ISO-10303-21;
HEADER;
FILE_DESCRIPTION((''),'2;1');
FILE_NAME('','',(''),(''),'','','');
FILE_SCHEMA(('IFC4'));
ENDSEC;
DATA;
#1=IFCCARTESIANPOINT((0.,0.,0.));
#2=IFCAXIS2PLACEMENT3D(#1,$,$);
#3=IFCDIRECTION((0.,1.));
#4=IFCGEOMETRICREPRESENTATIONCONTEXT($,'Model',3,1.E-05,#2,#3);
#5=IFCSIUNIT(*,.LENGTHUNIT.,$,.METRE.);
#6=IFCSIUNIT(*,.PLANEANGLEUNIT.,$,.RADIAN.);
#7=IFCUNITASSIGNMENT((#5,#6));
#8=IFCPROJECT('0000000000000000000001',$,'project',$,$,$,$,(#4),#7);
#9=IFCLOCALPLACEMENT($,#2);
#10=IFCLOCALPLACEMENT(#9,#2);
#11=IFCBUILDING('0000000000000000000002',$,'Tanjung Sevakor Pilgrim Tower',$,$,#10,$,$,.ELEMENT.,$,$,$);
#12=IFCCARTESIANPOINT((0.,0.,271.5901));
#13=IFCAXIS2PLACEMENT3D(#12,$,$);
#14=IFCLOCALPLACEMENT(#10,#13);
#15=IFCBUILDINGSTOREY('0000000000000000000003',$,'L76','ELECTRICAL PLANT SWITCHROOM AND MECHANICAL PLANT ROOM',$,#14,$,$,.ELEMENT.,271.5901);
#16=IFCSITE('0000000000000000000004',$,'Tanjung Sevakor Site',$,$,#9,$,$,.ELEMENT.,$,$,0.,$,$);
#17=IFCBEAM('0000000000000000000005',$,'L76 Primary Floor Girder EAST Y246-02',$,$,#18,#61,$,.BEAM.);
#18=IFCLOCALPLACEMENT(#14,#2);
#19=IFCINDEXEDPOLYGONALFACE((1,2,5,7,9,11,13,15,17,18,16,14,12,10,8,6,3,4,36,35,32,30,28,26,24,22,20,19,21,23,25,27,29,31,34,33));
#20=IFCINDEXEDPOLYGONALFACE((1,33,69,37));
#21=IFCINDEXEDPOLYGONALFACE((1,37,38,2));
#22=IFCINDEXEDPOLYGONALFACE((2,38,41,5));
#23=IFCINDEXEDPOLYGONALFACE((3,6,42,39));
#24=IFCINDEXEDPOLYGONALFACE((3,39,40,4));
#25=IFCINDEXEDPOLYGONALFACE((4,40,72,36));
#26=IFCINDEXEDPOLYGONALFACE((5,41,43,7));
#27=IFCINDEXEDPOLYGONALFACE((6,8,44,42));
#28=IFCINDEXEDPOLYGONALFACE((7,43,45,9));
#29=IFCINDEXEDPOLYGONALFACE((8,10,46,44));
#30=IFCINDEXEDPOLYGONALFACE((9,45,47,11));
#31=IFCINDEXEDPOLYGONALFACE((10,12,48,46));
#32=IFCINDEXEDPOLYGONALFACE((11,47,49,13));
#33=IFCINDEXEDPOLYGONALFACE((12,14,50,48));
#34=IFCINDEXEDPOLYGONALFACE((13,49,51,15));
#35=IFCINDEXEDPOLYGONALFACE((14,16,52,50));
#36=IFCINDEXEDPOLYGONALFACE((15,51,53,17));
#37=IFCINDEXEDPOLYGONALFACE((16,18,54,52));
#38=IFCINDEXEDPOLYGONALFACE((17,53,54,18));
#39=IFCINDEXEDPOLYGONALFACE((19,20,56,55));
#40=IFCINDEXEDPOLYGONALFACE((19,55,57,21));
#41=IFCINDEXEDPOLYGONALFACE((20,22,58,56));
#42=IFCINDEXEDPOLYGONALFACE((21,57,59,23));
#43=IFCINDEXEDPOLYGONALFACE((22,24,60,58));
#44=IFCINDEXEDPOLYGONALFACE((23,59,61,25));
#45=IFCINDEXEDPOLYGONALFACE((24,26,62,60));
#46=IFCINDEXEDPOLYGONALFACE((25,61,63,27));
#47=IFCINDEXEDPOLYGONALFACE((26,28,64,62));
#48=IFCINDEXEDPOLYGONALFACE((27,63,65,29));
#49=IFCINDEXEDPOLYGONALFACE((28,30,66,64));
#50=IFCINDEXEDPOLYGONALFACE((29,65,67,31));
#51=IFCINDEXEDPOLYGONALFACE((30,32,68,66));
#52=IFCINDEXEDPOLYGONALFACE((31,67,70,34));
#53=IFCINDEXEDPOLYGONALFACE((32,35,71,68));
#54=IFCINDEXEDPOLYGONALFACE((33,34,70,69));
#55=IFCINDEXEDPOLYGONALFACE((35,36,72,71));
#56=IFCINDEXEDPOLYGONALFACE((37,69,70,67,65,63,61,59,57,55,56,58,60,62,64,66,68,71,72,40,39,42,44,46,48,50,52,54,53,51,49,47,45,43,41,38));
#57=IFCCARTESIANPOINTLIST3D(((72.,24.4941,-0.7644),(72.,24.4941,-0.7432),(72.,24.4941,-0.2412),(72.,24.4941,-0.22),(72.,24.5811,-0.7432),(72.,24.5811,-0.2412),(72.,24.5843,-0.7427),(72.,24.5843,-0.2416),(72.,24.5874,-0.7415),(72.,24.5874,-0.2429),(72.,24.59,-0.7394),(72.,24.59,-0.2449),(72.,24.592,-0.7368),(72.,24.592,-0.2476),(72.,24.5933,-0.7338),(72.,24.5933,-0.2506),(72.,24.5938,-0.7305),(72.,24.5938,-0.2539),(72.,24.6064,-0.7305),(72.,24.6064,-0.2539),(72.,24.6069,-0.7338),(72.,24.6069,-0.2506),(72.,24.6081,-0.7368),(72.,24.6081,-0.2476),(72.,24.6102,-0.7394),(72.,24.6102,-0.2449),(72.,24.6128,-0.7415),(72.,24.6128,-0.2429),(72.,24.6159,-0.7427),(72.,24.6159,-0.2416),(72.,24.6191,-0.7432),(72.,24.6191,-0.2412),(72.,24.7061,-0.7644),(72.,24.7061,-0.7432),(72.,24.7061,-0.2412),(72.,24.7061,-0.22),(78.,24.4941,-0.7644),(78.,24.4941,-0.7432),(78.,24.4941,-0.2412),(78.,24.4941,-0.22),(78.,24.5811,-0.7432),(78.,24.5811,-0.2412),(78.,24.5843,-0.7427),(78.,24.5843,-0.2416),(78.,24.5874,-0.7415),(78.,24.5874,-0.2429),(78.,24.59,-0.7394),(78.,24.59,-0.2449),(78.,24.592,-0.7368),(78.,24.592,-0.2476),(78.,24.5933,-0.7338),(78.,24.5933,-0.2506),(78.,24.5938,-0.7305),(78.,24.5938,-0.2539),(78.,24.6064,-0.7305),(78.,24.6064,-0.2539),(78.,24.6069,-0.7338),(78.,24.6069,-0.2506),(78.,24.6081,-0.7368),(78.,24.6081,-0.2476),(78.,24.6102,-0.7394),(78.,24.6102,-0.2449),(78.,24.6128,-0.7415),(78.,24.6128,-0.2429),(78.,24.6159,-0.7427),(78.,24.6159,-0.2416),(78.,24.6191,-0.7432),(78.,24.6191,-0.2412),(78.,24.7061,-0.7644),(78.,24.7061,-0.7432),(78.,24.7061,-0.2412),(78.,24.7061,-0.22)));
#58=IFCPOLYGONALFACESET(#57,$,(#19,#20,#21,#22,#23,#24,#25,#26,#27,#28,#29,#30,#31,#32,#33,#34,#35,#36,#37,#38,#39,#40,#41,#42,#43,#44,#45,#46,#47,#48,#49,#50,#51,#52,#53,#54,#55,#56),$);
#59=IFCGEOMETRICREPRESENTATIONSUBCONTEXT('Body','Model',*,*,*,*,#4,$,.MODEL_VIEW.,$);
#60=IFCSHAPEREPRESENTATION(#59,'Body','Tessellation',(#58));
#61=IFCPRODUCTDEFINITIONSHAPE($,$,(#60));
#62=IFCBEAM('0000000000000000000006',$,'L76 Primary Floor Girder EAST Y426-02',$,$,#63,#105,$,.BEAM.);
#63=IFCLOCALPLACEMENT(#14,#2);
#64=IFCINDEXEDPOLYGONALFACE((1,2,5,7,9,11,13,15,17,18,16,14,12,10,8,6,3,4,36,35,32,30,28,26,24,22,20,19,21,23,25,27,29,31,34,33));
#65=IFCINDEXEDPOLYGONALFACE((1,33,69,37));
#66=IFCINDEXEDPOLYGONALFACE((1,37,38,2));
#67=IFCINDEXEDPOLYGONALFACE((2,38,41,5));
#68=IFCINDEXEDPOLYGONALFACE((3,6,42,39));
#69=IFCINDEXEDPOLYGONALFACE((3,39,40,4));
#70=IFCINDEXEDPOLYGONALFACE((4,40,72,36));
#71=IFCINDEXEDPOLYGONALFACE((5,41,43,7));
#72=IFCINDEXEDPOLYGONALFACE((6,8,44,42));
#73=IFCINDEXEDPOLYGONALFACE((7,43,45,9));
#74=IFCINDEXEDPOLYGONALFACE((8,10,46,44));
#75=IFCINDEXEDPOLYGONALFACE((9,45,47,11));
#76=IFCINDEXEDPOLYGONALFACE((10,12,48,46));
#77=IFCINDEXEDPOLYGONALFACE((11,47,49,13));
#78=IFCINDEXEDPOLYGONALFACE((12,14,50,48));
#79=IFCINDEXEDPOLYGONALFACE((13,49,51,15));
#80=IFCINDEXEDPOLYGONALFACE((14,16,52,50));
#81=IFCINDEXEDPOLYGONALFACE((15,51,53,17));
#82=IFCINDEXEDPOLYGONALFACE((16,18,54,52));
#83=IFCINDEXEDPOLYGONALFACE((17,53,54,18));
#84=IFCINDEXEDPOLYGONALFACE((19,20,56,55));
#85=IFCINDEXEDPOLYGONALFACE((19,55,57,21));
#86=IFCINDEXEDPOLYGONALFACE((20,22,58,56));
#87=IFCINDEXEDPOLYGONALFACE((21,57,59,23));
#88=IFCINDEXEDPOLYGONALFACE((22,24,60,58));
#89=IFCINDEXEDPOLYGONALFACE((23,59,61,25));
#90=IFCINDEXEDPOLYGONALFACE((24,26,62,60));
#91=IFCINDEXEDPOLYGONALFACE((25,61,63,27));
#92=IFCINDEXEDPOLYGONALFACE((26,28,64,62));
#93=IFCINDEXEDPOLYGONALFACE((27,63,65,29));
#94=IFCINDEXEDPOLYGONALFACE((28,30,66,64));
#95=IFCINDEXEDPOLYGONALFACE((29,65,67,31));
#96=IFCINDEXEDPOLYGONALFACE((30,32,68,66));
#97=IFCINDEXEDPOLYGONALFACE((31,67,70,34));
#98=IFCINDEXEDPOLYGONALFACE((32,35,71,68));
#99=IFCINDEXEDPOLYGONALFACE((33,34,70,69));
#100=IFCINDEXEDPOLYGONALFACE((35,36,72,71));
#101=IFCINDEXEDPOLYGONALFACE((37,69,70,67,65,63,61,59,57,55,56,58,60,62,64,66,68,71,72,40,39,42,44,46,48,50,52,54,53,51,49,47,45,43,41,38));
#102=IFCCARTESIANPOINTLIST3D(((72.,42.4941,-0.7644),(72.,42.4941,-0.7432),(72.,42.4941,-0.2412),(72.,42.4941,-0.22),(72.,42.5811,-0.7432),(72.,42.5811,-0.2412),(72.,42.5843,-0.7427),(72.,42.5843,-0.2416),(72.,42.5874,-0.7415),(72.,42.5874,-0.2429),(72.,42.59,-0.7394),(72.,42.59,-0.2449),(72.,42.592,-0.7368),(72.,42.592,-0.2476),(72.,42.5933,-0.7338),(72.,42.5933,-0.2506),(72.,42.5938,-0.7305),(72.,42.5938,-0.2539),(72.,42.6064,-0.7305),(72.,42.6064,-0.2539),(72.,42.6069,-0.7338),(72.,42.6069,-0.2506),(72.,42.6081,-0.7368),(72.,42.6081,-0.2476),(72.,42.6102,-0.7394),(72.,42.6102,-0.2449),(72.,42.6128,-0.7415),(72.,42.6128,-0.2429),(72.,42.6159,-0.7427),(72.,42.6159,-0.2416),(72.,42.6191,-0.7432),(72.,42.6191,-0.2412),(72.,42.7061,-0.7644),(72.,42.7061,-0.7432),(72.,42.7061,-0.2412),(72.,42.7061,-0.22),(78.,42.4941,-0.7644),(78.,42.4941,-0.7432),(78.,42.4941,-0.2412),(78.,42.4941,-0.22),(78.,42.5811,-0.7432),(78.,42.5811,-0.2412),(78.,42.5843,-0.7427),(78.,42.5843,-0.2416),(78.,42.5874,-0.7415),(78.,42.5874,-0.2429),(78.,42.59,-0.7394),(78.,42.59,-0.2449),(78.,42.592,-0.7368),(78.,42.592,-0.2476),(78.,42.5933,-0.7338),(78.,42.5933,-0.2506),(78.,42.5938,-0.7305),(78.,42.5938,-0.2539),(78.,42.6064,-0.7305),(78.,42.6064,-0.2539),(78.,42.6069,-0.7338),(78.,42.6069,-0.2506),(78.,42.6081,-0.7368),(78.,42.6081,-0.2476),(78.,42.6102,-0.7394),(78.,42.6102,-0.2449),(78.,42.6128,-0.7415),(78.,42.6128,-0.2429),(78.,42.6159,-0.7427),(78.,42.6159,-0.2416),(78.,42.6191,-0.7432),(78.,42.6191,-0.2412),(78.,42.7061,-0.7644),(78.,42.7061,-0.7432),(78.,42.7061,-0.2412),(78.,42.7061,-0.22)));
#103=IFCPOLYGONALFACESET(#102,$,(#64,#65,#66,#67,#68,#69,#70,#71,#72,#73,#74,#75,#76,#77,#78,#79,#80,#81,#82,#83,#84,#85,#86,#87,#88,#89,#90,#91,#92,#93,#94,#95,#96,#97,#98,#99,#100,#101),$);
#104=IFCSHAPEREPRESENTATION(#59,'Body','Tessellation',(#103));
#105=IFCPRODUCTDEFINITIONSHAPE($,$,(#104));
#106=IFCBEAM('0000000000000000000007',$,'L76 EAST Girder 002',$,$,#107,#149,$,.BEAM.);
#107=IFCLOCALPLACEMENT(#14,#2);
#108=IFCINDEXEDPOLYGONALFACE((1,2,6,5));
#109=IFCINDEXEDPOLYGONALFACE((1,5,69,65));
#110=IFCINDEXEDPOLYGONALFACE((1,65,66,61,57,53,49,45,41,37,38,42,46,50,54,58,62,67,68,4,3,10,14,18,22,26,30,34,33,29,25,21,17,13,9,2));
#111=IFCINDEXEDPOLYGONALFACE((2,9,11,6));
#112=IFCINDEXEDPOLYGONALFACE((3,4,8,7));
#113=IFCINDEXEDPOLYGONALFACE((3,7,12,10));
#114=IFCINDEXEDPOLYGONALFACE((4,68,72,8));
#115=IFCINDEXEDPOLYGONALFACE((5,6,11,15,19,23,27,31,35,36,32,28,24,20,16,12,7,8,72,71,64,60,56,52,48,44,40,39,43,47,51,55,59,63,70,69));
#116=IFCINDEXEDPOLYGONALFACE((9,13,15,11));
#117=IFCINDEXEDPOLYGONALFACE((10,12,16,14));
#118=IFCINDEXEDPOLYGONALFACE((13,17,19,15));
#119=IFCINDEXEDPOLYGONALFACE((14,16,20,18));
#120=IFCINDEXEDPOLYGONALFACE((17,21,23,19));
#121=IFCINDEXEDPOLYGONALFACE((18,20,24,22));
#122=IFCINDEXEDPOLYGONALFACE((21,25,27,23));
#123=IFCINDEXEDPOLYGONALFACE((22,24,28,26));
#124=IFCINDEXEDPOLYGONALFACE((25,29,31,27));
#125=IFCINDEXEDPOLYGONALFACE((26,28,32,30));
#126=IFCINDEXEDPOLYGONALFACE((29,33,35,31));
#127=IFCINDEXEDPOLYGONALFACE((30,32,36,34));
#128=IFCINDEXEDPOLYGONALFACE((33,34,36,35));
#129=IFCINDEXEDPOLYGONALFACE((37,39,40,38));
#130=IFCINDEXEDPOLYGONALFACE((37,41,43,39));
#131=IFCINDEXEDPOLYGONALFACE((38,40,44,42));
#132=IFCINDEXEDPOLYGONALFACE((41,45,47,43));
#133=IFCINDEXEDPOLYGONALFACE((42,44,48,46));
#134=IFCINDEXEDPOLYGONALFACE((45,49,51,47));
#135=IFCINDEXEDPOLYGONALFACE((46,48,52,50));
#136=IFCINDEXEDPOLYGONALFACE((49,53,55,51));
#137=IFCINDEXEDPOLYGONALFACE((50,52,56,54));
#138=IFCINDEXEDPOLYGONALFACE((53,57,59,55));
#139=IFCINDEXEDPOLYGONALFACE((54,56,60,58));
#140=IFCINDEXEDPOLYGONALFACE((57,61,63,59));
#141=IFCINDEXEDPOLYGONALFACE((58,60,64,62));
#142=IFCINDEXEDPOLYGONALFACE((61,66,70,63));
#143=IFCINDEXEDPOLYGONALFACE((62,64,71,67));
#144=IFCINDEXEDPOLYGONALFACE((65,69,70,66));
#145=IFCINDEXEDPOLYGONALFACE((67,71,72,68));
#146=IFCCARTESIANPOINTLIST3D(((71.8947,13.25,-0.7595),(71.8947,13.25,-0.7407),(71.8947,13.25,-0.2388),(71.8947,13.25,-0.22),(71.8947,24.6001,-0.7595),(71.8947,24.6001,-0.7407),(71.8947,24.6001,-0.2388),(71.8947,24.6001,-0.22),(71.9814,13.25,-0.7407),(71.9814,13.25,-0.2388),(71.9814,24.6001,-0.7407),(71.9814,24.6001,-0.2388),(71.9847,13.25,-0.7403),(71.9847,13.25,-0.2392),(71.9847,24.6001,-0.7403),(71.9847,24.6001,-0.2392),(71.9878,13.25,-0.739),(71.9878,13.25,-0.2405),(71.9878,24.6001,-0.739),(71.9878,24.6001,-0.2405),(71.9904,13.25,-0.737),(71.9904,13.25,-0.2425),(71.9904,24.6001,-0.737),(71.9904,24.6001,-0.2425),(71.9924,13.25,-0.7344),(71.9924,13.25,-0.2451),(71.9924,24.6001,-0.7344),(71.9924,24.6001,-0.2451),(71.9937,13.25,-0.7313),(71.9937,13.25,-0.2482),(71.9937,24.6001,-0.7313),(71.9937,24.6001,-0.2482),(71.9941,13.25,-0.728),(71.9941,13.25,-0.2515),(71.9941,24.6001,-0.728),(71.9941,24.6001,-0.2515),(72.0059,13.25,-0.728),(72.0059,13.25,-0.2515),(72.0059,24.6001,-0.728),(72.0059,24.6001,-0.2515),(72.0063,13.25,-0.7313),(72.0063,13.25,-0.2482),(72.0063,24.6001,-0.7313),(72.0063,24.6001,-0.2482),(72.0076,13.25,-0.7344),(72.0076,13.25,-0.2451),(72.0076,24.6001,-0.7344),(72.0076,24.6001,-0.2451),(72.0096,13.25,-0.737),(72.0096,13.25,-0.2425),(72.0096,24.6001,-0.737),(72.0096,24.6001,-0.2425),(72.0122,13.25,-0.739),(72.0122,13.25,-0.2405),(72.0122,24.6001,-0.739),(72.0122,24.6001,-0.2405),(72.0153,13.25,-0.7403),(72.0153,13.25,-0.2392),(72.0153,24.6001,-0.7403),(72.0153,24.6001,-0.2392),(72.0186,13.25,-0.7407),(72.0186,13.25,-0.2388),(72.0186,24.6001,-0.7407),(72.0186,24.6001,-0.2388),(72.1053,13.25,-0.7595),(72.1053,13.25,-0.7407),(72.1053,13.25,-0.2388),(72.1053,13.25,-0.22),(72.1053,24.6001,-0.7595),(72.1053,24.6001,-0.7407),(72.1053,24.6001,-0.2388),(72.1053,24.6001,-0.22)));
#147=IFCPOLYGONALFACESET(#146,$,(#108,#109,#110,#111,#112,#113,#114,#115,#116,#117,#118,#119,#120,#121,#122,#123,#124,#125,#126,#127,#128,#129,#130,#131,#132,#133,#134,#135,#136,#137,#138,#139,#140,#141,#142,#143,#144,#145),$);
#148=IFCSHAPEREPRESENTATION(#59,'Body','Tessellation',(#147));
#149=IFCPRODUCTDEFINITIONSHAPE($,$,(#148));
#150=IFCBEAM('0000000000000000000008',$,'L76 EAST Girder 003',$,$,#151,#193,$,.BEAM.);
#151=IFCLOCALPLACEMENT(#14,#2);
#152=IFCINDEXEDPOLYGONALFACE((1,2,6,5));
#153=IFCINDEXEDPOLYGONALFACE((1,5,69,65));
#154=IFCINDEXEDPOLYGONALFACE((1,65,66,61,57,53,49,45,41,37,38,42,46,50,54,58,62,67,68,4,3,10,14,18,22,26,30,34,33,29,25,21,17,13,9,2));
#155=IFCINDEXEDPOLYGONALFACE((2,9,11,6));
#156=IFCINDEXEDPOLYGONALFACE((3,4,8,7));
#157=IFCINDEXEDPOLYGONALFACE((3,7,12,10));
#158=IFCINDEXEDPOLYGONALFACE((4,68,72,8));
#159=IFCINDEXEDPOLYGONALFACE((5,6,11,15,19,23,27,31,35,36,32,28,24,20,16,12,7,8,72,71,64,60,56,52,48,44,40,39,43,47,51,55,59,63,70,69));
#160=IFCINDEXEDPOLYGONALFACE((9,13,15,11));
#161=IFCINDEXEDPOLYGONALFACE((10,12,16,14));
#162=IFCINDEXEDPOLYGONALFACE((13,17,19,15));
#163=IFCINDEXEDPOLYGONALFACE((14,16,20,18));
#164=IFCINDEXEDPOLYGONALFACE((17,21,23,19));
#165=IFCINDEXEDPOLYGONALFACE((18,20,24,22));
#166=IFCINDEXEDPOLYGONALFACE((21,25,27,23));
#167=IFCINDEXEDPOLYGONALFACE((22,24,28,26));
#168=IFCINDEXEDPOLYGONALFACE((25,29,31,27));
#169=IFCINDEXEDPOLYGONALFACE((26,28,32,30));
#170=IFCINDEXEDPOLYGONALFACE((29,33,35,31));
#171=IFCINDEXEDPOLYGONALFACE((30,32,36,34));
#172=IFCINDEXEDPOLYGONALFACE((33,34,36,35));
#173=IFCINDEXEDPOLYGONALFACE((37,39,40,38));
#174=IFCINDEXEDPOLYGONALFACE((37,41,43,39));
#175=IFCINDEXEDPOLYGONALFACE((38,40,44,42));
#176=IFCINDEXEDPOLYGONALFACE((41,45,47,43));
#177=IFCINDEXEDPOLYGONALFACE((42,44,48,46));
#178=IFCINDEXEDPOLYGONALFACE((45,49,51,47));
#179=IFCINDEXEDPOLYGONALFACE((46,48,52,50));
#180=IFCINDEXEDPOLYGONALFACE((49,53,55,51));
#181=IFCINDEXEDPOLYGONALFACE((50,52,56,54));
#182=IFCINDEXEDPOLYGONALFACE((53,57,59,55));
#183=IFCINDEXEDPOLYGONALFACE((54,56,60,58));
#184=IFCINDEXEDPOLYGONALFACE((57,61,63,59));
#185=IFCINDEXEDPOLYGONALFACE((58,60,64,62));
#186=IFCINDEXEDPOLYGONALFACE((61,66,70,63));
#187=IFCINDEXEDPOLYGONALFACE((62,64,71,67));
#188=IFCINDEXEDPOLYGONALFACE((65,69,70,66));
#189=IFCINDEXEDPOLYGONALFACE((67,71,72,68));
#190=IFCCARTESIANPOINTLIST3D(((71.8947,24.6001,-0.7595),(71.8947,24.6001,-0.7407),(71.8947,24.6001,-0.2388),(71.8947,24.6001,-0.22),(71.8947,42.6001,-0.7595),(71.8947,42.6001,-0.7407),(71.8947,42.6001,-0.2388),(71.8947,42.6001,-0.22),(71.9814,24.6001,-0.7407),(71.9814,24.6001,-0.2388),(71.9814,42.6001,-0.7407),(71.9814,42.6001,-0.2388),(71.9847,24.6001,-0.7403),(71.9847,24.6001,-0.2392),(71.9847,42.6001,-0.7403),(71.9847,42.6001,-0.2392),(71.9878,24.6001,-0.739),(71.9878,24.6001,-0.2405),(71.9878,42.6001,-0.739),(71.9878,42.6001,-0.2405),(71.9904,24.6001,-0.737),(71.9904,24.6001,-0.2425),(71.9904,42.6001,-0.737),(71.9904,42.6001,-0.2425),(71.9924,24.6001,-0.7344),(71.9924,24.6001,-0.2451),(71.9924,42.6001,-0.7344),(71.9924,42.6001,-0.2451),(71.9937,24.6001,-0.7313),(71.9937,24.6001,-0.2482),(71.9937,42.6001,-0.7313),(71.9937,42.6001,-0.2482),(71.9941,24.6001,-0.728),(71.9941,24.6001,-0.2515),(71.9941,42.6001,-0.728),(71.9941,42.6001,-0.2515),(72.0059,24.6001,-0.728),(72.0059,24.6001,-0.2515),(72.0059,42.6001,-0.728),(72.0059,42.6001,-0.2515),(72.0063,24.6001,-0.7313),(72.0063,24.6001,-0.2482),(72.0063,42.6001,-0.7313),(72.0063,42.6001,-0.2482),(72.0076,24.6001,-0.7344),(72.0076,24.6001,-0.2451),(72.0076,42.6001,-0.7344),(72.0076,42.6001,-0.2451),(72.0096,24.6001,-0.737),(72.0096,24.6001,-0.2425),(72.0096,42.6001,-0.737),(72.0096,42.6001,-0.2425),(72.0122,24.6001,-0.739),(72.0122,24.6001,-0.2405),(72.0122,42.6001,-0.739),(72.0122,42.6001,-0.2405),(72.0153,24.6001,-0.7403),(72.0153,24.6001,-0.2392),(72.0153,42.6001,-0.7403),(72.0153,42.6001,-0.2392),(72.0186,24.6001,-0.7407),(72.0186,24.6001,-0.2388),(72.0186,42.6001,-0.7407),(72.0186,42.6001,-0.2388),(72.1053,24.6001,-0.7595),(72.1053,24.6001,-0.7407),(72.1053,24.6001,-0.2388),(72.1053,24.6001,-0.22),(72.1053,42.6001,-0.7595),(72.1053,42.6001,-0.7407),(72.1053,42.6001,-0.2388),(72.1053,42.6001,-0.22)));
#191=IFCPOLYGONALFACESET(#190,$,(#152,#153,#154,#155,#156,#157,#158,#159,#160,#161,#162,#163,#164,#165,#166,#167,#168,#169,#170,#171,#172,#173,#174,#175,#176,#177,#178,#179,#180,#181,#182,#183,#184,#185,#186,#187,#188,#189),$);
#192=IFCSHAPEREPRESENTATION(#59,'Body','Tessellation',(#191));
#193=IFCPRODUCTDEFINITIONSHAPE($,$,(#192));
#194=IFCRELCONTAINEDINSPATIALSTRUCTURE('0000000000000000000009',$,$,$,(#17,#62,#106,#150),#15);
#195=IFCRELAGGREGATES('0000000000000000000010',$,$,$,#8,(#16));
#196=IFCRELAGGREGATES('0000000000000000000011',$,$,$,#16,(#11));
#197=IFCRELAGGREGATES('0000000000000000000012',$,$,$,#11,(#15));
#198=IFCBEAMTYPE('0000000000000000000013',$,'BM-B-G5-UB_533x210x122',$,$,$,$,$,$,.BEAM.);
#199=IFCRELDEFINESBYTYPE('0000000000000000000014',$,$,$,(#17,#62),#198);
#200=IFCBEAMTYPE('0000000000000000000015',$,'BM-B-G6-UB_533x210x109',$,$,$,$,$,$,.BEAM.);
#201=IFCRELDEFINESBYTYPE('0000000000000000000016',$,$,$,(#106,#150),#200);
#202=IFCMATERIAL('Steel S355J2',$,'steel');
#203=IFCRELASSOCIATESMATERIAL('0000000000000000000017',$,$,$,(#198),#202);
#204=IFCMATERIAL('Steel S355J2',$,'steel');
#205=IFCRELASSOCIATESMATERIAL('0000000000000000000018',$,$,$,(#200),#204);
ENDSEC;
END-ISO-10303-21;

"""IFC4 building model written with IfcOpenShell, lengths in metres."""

from ifc_helpers import new_model, si_unit, direction, frame, origin, origin_2d, place, context, subcontext, project, spatial, i_section, extrude, material, material_profile, profile_set, type_object, element, save


model = new_model("IFC4")

# Units and contexts
model_context = context("Model", 3, precision=1e-05, world=origin(), true_north=direction((0.0, 1.0)))
body_context = subcontext(model_context, "Body", "Model", "MODEL_VIEW")
ifc_project = project(units=[si_unit("LENGTHUNIT", "METRE"), si_unit("PLANEANGLEUNIT", "RADIAN")], contexts=[model_context])

# Site, building, storey
site_placement = place(None, origin())
site = spatial("IfcSite", under=ifc_project, at=site_placement, Name="Tanjung Sevakor Site", CompositionType="ELEMENT", RefElevation=0.0)
building_placement = place(site_placement, origin())
building = spatial("IfcBuilding", under=site, at=building_placement, Name="Tanjung Sevakor Pilgrim Tower", CompositionType="ELEMENT")
storey_placement = place(building_placement, frame((0.0, 0.0, 271.5901)))
storey = spatial("IfcBuildingStorey", under=building, at=storey_placement, Name="L76", Description="ELECTRICAL PLANT SWITCHROOM AND MECHANICAL PLANT ROOM", CompositionType="ELEMENT", Elevation=271.5901)

# Beams
ifc_material_1 = material(Name="Steel S355J2", Category="steel")
ifc_material_profile_1 = material_profile(ifc_material_1, i_section(OverallWidth=0.2119, OverallDepth=0.5444, WebThickness=0.0127, FlangeThickness=0.0212, FilletRadius=0.0127, at=origin_2d()))
ifc_profile_set_1 = profile_set([ifc_material_profile_1], Name="Steel S355J2")
beam_type_1 = type_object("IfcBeamType", Name="BM-B-G5-UB_533x210x122", PredefinedType="BEAM", material=ifc_profile_set_1)
for number, where, z_axis, x_axis, name in (
    (1, (72.0, 24.6001, -0.4922), (1.0, 0.0, 0.0), (0.0, 1.0, 0.0), "L76 Primary Floor Girder EAST Y246-02"),
    (2, (72.0, 42.6001, -0.4922), (1.0, 0.0, 0.0), (0.0, 1.0, 0.0), "L76 Primary Floor Girder EAST Y426-02"),
):
    element("IfcBeam", number, at=place(storey_placement, frame(where, z_axis=z_axis, x_axis=x_axis)), inside=storey, type_object=beam_type_1, Name=name, PredefinedType="BEAM", context=body_context, shape_type="SweptSolid", body=[
        extrude(i_section(OverallWidth=0.2119, OverallDepth=0.5444, WebThickness=0.0127, FlangeThickness=0.0212, FilletRadius=0.0127, at=origin_2d()), origin(), (0.0, 0.0, 1.0), 6.0),
    ])
ifc_material_2 = material(Name="Steel S355J2", Category="steel")
ifc_material_profile_2 = material_profile(ifc_material_2, i_section(OverallWidth=0.2107, OverallDepth=0.5396, WebThickness=0.0117, FlangeThickness=0.0188, FilletRadius=0.0127, at=origin_2d()))
ifc_profile_set_2 = profile_set([ifc_material_profile_2], Name="Steel S355J2")
beam_type_2 = type_object("IfcBeamType", Name="BM-B-G6-UB_533x210x109", PredefinedType="BEAM", material=ifc_profile_set_2)
beam_1_placement = place(storey_placement, frame((72.0, 13.25, -0.4897), z_axis=(0.0, 1.0, 0.0), x_axis=(-1.0, 0.0, 0.0)))
element("IfcBeam", 3, at=beam_1_placement, inside=storey, type_object=beam_type_2, Name="L76 EAST Girder 002", PredefinedType="BEAM", context=body_context, shape_type="SweptSolid", body=[
    extrude(i_section(OverallWidth=0.2107, OverallDepth=0.5396, WebThickness=0.0117, FlangeThickness=0.0188, FilletRadius=0.0127, at=origin_2d()), origin(), (0.0, 0.0, 1.0), 11.3501),
])
beam_2_placement = place(storey_placement, frame((72.0, 24.6001, -0.4897), z_axis=(0.0, 1.0, 0.0), x_axis=(-1.0, 0.0, 0.0)))
element("IfcBeam", 4, at=beam_2_placement, inside=storey, type_object=beam_type_2, Name="L76 EAST Girder 003", PredefinedType="BEAM", context=body_context, shape_type="SweptSolid", body=[
    extrude(i_section(OverallWidth=0.2107, OverallDepth=0.5396, WebThickness=0.0117, FlangeThickness=0.0188, FilletRadius=0.0127, at=origin_2d()), origin(), (0.0, 0.0, 1.0), 18.0),
])

save(model, "model.ifc")
